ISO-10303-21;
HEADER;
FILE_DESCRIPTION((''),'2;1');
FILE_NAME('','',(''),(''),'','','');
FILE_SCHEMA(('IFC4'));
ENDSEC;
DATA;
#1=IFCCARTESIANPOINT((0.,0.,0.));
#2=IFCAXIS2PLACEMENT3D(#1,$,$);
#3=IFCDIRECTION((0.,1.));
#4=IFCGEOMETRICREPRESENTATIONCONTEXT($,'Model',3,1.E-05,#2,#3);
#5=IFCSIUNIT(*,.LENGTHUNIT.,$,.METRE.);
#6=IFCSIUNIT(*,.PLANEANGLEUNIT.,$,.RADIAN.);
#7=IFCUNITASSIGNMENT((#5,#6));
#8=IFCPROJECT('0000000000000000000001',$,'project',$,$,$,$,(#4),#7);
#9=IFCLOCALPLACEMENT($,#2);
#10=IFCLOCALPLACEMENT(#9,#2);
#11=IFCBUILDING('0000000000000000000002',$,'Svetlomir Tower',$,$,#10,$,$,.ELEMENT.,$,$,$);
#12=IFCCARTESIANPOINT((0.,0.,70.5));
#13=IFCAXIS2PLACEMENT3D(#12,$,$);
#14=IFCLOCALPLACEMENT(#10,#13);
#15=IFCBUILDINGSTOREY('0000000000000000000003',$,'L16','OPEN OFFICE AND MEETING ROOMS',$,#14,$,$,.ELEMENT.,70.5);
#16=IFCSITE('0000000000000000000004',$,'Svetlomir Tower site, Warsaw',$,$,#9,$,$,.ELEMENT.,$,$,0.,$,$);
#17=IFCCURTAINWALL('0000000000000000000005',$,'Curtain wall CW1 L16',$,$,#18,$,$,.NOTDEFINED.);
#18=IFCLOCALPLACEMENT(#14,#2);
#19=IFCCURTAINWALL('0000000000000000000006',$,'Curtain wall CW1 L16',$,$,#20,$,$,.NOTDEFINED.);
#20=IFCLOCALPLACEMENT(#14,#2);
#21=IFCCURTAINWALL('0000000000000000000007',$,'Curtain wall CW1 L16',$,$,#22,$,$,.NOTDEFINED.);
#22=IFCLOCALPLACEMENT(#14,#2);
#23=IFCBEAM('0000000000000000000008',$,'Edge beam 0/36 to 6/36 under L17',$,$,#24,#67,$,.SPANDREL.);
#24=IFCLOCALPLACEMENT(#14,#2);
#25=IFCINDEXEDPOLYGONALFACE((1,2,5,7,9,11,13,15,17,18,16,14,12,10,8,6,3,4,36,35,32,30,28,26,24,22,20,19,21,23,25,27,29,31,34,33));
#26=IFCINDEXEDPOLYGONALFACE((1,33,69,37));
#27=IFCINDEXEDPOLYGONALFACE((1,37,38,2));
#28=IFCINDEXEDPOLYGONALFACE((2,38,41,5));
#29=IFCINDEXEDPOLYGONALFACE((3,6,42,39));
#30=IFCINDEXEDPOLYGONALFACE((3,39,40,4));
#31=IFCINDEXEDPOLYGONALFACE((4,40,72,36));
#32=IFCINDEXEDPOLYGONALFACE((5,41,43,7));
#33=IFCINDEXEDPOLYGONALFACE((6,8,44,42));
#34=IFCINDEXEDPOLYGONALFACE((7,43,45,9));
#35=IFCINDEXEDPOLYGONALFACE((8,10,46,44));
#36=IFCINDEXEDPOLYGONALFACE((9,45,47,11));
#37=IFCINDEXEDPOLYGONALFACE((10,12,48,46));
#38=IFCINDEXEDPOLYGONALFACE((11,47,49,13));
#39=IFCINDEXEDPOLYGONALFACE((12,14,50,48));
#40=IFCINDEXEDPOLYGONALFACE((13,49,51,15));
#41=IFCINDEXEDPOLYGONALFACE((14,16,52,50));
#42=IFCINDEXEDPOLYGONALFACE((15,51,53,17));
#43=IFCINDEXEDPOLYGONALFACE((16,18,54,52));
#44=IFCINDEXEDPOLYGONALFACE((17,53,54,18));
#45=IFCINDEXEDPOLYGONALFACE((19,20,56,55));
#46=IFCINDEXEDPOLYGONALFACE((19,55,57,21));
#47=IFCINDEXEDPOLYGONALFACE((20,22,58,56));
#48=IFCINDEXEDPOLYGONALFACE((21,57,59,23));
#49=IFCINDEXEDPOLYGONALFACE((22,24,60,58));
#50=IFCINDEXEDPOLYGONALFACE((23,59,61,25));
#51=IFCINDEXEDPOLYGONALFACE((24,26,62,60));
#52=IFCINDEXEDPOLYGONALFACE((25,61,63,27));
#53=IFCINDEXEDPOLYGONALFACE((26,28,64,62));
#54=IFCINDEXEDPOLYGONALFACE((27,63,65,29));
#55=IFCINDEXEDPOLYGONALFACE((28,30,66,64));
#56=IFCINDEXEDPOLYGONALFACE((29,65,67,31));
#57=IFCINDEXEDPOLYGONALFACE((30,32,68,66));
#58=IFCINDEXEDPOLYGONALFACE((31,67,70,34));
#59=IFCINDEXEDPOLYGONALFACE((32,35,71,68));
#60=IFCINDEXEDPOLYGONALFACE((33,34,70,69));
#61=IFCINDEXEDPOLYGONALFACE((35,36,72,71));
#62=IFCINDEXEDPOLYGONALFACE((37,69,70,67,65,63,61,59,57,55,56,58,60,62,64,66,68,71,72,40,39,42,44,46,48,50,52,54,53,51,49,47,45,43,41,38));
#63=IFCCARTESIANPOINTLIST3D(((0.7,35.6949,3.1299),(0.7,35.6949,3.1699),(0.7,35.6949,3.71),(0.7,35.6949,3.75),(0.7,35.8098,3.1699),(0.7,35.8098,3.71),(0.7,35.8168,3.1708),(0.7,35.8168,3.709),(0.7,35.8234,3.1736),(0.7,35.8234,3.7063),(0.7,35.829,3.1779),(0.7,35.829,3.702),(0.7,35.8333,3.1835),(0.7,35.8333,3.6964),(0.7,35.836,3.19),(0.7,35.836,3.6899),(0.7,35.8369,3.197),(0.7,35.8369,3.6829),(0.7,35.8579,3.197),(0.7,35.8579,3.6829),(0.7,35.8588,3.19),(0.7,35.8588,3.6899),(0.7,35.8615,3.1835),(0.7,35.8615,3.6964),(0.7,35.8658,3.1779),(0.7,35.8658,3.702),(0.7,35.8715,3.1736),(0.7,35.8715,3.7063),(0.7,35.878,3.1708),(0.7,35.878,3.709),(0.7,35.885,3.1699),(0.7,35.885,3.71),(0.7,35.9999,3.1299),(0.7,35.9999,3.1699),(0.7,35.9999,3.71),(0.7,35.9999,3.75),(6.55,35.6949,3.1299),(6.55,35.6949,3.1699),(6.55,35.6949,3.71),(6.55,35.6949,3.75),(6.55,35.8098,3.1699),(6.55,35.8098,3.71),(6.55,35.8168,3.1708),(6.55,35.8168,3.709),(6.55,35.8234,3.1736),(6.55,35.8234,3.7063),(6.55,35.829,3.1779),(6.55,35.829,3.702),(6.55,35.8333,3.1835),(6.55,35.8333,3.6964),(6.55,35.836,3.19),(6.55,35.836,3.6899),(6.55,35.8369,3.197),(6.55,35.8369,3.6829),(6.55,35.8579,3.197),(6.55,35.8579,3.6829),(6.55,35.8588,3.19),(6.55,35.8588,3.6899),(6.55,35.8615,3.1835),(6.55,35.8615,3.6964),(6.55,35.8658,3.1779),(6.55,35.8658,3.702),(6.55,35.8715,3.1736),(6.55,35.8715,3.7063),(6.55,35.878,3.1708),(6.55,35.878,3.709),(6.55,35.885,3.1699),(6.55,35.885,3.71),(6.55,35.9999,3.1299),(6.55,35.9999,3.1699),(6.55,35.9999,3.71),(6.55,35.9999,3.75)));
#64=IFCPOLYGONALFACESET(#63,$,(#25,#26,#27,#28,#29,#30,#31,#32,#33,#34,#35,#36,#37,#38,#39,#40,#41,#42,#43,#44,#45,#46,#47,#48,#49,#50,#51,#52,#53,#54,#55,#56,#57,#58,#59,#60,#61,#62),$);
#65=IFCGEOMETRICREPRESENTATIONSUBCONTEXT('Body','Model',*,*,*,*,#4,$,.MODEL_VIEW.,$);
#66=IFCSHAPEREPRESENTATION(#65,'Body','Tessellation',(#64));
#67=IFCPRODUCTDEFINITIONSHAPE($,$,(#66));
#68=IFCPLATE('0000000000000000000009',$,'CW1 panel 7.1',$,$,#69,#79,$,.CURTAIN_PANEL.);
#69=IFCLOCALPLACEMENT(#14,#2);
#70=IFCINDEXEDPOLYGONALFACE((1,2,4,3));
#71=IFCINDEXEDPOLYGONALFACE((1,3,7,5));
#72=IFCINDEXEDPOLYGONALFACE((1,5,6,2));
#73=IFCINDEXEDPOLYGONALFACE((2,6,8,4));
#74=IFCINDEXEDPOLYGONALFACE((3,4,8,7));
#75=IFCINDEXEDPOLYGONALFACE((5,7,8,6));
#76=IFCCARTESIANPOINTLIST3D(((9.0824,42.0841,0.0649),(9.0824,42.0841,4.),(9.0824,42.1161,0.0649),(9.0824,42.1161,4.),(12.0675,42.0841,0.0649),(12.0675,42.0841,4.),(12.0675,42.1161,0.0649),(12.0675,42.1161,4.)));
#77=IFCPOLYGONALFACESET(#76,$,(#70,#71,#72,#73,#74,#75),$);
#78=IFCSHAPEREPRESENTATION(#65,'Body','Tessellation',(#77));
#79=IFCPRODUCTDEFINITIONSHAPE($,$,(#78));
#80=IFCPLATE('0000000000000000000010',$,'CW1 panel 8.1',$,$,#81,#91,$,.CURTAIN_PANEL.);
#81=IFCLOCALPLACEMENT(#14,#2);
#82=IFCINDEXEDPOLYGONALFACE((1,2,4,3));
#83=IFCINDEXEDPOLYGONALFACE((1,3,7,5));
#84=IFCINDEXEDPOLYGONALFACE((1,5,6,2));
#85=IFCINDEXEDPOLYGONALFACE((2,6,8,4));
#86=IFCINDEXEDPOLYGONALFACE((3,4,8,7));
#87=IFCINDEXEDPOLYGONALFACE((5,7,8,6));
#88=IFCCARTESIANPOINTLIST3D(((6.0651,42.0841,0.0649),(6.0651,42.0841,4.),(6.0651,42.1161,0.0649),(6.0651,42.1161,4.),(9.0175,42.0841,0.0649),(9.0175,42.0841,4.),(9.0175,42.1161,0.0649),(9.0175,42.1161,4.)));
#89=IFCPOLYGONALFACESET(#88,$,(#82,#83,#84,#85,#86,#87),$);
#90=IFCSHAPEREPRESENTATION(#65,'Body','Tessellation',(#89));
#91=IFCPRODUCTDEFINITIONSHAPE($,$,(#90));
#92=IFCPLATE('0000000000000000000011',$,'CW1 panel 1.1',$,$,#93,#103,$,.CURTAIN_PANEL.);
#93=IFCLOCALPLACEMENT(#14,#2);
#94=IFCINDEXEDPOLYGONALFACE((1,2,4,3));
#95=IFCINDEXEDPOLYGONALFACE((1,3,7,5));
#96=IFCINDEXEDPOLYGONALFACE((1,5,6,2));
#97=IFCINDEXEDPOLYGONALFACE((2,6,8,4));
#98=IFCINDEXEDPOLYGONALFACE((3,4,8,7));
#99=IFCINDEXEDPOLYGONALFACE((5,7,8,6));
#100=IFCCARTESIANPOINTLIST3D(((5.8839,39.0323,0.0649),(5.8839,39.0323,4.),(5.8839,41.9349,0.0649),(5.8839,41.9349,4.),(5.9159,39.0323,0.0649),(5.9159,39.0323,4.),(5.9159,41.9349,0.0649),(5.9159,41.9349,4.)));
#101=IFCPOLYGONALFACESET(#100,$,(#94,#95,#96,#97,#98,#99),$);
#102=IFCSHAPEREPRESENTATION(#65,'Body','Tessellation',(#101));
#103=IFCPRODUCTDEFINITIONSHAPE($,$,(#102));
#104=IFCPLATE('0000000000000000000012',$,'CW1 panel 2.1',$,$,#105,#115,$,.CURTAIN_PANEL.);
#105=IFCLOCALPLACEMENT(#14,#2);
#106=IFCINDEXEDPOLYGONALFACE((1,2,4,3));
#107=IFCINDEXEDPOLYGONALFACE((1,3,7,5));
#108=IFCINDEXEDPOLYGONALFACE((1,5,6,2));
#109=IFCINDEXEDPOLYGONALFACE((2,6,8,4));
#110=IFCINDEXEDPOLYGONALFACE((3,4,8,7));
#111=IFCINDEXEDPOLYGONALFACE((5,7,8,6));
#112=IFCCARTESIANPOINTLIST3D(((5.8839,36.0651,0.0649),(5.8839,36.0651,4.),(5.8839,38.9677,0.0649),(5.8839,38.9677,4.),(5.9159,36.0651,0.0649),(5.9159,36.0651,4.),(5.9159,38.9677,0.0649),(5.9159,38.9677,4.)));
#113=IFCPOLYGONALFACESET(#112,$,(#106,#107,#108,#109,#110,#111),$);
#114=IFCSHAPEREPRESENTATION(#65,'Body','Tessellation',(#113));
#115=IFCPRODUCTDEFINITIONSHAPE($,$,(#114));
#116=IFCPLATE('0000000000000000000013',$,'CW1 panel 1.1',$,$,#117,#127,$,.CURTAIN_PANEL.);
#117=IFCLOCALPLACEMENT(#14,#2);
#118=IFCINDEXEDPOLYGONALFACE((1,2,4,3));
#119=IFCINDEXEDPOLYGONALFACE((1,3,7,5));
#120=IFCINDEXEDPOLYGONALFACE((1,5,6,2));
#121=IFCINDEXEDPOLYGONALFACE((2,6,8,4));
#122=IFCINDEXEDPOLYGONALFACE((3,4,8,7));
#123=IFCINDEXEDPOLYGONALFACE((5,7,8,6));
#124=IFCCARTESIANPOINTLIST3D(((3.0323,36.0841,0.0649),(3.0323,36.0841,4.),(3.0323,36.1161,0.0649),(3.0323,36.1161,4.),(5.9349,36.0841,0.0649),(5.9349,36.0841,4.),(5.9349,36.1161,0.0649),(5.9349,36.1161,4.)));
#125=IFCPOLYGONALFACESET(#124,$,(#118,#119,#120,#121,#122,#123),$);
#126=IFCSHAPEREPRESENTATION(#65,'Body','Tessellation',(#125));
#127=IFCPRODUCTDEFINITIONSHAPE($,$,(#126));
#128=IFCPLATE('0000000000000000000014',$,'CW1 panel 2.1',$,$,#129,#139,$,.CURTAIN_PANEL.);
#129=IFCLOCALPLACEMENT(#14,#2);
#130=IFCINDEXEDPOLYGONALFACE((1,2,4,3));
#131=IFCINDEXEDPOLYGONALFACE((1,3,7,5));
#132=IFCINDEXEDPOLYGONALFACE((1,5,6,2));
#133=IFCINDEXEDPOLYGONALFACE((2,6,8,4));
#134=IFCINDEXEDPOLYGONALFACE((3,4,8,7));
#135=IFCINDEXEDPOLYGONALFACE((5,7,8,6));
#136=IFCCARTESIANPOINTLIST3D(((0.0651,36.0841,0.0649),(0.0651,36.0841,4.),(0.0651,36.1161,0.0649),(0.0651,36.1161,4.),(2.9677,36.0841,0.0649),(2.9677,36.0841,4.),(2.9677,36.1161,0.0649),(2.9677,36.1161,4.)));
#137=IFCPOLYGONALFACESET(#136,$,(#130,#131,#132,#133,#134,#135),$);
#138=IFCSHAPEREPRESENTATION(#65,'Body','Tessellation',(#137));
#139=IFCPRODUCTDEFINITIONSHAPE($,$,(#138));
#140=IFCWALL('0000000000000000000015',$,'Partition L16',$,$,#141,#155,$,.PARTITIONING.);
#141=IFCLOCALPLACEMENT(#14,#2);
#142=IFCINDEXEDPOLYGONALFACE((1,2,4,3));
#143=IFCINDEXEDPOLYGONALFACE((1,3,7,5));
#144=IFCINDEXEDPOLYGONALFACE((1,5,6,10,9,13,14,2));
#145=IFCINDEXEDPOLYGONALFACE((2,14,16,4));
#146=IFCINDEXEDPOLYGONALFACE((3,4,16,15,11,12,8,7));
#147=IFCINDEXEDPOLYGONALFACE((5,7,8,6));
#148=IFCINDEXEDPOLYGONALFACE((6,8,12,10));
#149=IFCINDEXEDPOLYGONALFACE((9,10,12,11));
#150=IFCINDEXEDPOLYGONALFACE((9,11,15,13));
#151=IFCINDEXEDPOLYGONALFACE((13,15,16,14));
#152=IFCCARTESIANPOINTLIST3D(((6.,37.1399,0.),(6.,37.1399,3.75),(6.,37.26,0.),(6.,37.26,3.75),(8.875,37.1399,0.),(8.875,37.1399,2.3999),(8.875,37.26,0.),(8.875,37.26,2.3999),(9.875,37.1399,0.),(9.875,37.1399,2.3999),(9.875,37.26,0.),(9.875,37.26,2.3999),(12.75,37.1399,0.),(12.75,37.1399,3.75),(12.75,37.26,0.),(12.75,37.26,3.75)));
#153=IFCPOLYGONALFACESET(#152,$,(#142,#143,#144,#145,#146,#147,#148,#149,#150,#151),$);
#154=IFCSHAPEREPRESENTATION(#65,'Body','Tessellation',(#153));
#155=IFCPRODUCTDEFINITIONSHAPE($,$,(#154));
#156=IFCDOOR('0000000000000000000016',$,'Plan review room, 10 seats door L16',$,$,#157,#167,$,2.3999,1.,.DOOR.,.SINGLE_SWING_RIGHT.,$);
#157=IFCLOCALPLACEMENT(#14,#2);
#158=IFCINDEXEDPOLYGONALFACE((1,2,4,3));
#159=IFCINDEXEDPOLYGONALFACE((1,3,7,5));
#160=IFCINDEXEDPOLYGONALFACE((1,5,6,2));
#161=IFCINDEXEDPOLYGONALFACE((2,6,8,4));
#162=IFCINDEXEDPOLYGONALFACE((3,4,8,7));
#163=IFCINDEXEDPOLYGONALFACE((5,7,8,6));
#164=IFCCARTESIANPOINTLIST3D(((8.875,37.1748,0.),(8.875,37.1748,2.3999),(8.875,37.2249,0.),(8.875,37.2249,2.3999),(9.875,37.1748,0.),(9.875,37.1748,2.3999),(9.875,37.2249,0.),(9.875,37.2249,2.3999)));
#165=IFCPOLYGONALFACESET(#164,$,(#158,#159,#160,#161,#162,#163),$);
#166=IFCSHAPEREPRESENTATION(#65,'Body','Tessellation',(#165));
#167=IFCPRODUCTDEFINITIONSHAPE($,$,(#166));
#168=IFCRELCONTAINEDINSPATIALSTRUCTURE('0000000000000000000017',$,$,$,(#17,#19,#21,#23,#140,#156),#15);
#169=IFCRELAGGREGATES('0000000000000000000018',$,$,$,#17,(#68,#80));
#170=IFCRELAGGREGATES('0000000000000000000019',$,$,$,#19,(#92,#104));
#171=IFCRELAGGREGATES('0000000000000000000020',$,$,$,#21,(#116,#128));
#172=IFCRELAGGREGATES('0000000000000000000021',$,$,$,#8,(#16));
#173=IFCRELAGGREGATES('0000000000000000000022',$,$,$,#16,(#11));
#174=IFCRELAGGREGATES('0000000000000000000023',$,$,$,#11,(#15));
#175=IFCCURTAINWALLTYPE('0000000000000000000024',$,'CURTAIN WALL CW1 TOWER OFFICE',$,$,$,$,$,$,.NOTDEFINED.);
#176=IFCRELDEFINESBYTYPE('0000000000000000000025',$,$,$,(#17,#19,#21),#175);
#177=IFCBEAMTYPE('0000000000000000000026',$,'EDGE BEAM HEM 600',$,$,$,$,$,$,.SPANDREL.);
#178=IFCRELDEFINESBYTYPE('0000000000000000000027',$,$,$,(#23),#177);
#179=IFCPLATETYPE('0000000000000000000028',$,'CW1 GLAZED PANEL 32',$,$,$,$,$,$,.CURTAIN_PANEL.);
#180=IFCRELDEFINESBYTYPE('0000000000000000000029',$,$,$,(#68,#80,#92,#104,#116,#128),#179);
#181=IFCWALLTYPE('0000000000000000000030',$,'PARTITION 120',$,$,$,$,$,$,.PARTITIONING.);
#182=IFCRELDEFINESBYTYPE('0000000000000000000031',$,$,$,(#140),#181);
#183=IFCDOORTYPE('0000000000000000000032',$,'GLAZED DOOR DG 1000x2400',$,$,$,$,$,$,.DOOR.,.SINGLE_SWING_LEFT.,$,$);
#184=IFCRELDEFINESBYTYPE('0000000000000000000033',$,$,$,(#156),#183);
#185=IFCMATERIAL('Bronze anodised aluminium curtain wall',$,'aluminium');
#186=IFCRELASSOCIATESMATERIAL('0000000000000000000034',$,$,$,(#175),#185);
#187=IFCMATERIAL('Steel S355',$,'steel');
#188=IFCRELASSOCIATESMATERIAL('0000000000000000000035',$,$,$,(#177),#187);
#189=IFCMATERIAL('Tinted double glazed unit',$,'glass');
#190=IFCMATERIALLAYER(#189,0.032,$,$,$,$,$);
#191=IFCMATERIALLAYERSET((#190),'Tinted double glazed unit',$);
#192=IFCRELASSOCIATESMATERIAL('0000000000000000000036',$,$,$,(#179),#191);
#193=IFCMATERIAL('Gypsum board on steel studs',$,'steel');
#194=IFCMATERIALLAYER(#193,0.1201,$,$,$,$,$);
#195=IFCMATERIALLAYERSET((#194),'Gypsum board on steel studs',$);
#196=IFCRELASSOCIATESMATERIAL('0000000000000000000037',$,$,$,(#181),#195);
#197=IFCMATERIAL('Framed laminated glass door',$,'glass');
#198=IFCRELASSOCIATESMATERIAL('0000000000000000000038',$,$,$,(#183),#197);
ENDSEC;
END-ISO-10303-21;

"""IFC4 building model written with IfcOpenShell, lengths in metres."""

from ifc_helpers import new_model, si_unit, direction, frame, frame_2d, origin, origin_2d, place, context, subcontext, project, spatial, rectangle, i_section, extrude, material, layer, layer_set, material_profile, profile_set, type_object, element, fill, aggregate, save


model = new_model("IFC4")

# Units and contexts
model_context = context("Model", 3, precision=1e-05, world=origin(), true_north=direction((0.0, 1.0)))
body_context = subcontext(model_context, "Body", "Model", "MODEL_VIEW")
ifc_project = project(units=[si_unit("LENGTHUNIT", "METRE"), si_unit("PLANEANGLEUNIT", "RADIAN")], contexts=[model_context])

# Site, building, storey
site_placement = place(None, origin())
site = spatial("IfcSite", under=ifc_project, at=site_placement, Name="Svetlomir Tower site, Warsaw", CompositionType="ELEMENT", RefElevation=0.0)
building_placement = place(site_placement, origin())
building = spatial("IfcBuilding", under=site, at=building_placement, Name="Svetlomir Tower", CompositionType="ELEMENT")
storey_placement = place(building_placement, frame((0.0, 0.0, 70.5)))
storey = spatial("IfcBuildingStorey", under=building, at=storey_placement, Name="L16", Description="OPEN OFFICE AND MEETING ROOMS", CompositionType="ELEMENT", Elevation=70.5)

# Curtain walls
ifc_material_1 = material(Name="Bronze anodised aluminium curtain wall", Category="aluminium")
curtain_wall_type = type_object("IfcCurtainWallType", Name="CURTAIN WALL CW1 TOWER OFFICE", PredefinedType="NOTDEFINED", material=ifc_material_1)
curtain_wall_1_placement = place(storey_placement, origin())
curtain_wall_1 = element("IfcCurtainWall", 1, at=curtain_wall_1_placement, inside=storey, type_object=curtain_wall_type, Name="Curtain wall CW1 L16", PredefinedType="NOTDEFINED")
curtain_wall_2_placement = place(storey_placement, origin())
curtain_wall_2 = element("IfcCurtainWall", 2, at=curtain_wall_2_placement, inside=storey, type_object=curtain_wall_type, Name="Curtain wall CW1 L16", PredefinedType="NOTDEFINED")
curtain_wall_3_placement = place(storey_placement, origin())
curtain_wall_3 = element("IfcCurtainWall", 3, at=curtain_wall_3_placement, inside=storey, type_object=curtain_wall_type, Name="Curtain wall CW1 L16", PredefinedType="NOTDEFINED")

# Beam
ifc_material_2 = material(Name="Steel S355", Category="steel")
ifc_material_profile_1 = material_profile(ifc_material_2, i_section(OverallWidth=0.3049, OverallDepth=0.6201, WebThickness=0.021, FlangeThickness=0.04, FilletRadius=0.0271, at=origin_2d()), Name="HEM 600")
ifc_profile_set_1 = profile_set([ifc_material_profile_1], Name="Steel S355")
beam_type = type_object("IfcBeamType", Name="EDGE BEAM HEM 600", PredefinedType="SPANDREL", material=ifc_profile_set_1)
for number, where, z_axis, x_axis, name in (
    (4, (0.7, 35.8474, 3.4399), (1.0, 0.0, 0.0), (0.0, 1.0, 0.0), "Edge beam 0/36 to 6/36 under L17"),
):
    element("IfcBeam", number, at=place(storey_placement, frame(where, z_axis=z_axis, x_axis=x_axis)), inside=storey, type_object=beam_type, Name=name, PredefinedType="SPANDREL", context=body_context, shape_type="SweptSolid", body=[
        extrude(i_section(OverallWidth=0.3049, OverallDepth=0.6201, WebThickness=0.021, FlangeThickness=0.04, FilletRadius=0.0271, at=origin_2d()), origin(), (0.0, 0.0, 1.0), 5.8501),
    ])

# Plates
ifc_material_3 = material(Name="Tinted double glazed unit", Category="glass")
ifc_layer_1 = layer(ifc_material_3, 0.032)
ifc_layer_set_1 = layer_set([ifc_layer_1], Name="Tinted double glazed unit")
plate_type = type_object("IfcPlateType", Name="CW1 GLAZED PANEL 32", PredefinedType="CURTAIN_PANEL", material=ifc_layer_set_1)
plate_1_placement = place(storey_placement, frame((10.575, 42.1001, 0.0649), z_axis=(0.0, 0.0, 1.0), x_axis=(-1.0, 0.0, 0.0)))
plate_1 = element("IfcPlate", 5, at=plate_1_placement, type_object=plate_type, Name="CW1 panel 7.1", PredefinedType="CURTAIN_PANEL", context=body_context, shape_type="SweptSolid", body=[
    extrude(rectangle(XDim=2.9851, YDim=0.032, at=origin_2d()), origin(), (0.0, 0.0, 1.0), 3.9351),
])
plate_2_placement = place(storey_placement, frame((7.5413, 42.1001, 0.0649), z_axis=(0.0, 0.0, 1.0), x_axis=(-1.0, 0.0, 0.0)))
plate_2 = element("IfcPlate", 6, at=plate_2_placement, type_object=plate_type, Name="CW1 panel 8.1", PredefinedType="CURTAIN_PANEL", context=body_context, shape_type="SweptSolid", body=[
    extrude(rectangle(XDim=2.9524, YDim=0.032, at=origin_2d()), origin(), (0.0, 0.0, 1.0), 3.9351),
])
aggregate(curtain_wall_1, [plate_1, plate_2])
plate_3_placement = place(storey_placement, frame((5.8999, 40.4836, 0.0649), z_axis=(0.0, 0.0, 1.0), x_axis=(0.0, -1.0, 0.0)))
plate_3 = element("IfcPlate", 7, at=plate_3_placement, type_object=plate_type, Name="CW1 panel 1.1", PredefinedType="CURTAIN_PANEL", context=body_context, shape_type="SweptSolid", body=[
    extrude(rectangle(XDim=2.9026, YDim=0.032, at=origin_2d()), origin(), (0.0, 0.0, 1.0), 3.9351),
])
plate_4_placement = place(storey_placement, frame((5.8999, 37.5164, 0.0649), z_axis=(0.0, 0.0, 1.0), x_axis=(0.0, -1.0, 0.0)))
plate_4 = element("IfcPlate", 8, at=plate_4_placement, type_object=plate_type, Name="CW1 panel 2.1", PredefinedType="CURTAIN_PANEL", context=body_context, shape_type="SweptSolid", body=[
    extrude(rectangle(XDim=2.9026, YDim=0.032, at=origin_2d()), origin(), (0.0, 0.0, 1.0), 3.9351),
])
aggregate(curtain_wall_2, [plate_3, plate_4])
plate_5_placement = place(storey_placement, frame((4.4836, 36.1001, 0.0649), z_axis=(0.0, 0.0, 1.0), x_axis=(-1.0, 0.0, 0.0)))
plate_5 = element("IfcPlate", 9, at=plate_5_placement, type_object=plate_type, Name="CW1 panel 1.1", PredefinedType="CURTAIN_PANEL", context=body_context, shape_type="SweptSolid", body=[
    extrude(rectangle(XDim=2.9026, YDim=0.032, at=origin_2d()), origin(), (0.0, 0.0, 1.0), 3.9351),
])
plate_6_placement = place(storey_placement, frame((1.5164, 36.1001, 0.0649), z_axis=(0.0, 0.0, 1.0), x_axis=(-1.0, 0.0, 0.0)))
plate_6 = element("IfcPlate", 10, at=plate_6_placement, type_object=plate_type, Name="CW1 panel 2.1", PredefinedType="CURTAIN_PANEL", context=body_context, shape_type="SweptSolid", body=[
    extrude(rectangle(XDim=2.9026, YDim=0.032, at=origin_2d()), origin(), (0.0, 0.0, 1.0), 3.9351),
])
aggregate(curtain_wall_3, [plate_5, plate_6])

# Wall, opening, door
ifc_material_4 = material(Name="Gypsum board on steel studs", Category="steel")
ifc_layer_2 = layer(ifc_material_4, 0.1201)
ifc_layer_set_2 = layer_set([ifc_layer_2], Name="Gypsum board on steel studs")
wall_type = type_object("IfcWallType", Name="PARTITION 120", PredefinedType="PARTITIONING", material=ifc_layer_set_2)
wall_placement = place(storey_placement, frame((6.0, 37.2, 0.0), z_axis=(0.0, 0.0, 1.0), x_axis=(1.0, 0.0, 0.0)))
wall = element("IfcWall", 11, at=wall_placement, inside=storey, type_object=wall_type, Name="Partition L16", PredefinedType="PARTITIONING", context=body_context, shape_type="SweptSolid", body=[
    extrude(rectangle(XDim=6.75, YDim=0.1201, at=frame_2d((3.375, 0.0))), origin(), (0.0, 0.0, 1.0), 3.75),
])
opening_placement = place(wall_placement, frame((2.875, 0.0, 0.0)))
opening = element("IfcOpeningElement", 12, at=opening_placement, cuts=wall, PredefinedType="OPENING", context=body_context, shape_type="SweptSolid", body=[
    extrude(rectangle(XDim=1.0, YDim=2.3999, at=frame_2d((0.5, 1.2))), frame((0.0, 0.0701, 0.0), z_axis=(0.0, -1.0, 0.0), x_axis=(1.0, 0.0, 0.0)), (0.0, 0.0, 1.0), 0.1401),
])
ifc_material_5 = material(Name="Framed laminated glass door", Category="glass")
door_type = type_object("IfcDoorType", Name="GLAZED DOOR DG 1000x2400", OperationType="SINGLE_SWING_LEFT", PredefinedType="DOOR", material=ifc_material_5)
door_placement = place(opening_placement, origin())
door = element("IfcDoor", 13, at=door_placement, inside=storey, type_object=door_type, Name="Plan review room, 10 seats door L16", OperationType="SINGLE_SWING_RIGHT", OverallHeight=2.3999, OverallWidth=1.0, PredefinedType="DOOR", context=body_context, shape_type="SweptSolid", body=[
    extrude(rectangle(XDim=1.0, YDim=2.3999, at=frame_2d((0.5, 1.2))), frame((0.0, 0.0249, 0.0), z_axis=(0.0, -1.0, 0.0), x_axis=(1.0, 0.0, 0.0)), (0.0, 0.0, 1.0), 0.05),
])
fill(opening, door)

save(model, "model.ifc")
